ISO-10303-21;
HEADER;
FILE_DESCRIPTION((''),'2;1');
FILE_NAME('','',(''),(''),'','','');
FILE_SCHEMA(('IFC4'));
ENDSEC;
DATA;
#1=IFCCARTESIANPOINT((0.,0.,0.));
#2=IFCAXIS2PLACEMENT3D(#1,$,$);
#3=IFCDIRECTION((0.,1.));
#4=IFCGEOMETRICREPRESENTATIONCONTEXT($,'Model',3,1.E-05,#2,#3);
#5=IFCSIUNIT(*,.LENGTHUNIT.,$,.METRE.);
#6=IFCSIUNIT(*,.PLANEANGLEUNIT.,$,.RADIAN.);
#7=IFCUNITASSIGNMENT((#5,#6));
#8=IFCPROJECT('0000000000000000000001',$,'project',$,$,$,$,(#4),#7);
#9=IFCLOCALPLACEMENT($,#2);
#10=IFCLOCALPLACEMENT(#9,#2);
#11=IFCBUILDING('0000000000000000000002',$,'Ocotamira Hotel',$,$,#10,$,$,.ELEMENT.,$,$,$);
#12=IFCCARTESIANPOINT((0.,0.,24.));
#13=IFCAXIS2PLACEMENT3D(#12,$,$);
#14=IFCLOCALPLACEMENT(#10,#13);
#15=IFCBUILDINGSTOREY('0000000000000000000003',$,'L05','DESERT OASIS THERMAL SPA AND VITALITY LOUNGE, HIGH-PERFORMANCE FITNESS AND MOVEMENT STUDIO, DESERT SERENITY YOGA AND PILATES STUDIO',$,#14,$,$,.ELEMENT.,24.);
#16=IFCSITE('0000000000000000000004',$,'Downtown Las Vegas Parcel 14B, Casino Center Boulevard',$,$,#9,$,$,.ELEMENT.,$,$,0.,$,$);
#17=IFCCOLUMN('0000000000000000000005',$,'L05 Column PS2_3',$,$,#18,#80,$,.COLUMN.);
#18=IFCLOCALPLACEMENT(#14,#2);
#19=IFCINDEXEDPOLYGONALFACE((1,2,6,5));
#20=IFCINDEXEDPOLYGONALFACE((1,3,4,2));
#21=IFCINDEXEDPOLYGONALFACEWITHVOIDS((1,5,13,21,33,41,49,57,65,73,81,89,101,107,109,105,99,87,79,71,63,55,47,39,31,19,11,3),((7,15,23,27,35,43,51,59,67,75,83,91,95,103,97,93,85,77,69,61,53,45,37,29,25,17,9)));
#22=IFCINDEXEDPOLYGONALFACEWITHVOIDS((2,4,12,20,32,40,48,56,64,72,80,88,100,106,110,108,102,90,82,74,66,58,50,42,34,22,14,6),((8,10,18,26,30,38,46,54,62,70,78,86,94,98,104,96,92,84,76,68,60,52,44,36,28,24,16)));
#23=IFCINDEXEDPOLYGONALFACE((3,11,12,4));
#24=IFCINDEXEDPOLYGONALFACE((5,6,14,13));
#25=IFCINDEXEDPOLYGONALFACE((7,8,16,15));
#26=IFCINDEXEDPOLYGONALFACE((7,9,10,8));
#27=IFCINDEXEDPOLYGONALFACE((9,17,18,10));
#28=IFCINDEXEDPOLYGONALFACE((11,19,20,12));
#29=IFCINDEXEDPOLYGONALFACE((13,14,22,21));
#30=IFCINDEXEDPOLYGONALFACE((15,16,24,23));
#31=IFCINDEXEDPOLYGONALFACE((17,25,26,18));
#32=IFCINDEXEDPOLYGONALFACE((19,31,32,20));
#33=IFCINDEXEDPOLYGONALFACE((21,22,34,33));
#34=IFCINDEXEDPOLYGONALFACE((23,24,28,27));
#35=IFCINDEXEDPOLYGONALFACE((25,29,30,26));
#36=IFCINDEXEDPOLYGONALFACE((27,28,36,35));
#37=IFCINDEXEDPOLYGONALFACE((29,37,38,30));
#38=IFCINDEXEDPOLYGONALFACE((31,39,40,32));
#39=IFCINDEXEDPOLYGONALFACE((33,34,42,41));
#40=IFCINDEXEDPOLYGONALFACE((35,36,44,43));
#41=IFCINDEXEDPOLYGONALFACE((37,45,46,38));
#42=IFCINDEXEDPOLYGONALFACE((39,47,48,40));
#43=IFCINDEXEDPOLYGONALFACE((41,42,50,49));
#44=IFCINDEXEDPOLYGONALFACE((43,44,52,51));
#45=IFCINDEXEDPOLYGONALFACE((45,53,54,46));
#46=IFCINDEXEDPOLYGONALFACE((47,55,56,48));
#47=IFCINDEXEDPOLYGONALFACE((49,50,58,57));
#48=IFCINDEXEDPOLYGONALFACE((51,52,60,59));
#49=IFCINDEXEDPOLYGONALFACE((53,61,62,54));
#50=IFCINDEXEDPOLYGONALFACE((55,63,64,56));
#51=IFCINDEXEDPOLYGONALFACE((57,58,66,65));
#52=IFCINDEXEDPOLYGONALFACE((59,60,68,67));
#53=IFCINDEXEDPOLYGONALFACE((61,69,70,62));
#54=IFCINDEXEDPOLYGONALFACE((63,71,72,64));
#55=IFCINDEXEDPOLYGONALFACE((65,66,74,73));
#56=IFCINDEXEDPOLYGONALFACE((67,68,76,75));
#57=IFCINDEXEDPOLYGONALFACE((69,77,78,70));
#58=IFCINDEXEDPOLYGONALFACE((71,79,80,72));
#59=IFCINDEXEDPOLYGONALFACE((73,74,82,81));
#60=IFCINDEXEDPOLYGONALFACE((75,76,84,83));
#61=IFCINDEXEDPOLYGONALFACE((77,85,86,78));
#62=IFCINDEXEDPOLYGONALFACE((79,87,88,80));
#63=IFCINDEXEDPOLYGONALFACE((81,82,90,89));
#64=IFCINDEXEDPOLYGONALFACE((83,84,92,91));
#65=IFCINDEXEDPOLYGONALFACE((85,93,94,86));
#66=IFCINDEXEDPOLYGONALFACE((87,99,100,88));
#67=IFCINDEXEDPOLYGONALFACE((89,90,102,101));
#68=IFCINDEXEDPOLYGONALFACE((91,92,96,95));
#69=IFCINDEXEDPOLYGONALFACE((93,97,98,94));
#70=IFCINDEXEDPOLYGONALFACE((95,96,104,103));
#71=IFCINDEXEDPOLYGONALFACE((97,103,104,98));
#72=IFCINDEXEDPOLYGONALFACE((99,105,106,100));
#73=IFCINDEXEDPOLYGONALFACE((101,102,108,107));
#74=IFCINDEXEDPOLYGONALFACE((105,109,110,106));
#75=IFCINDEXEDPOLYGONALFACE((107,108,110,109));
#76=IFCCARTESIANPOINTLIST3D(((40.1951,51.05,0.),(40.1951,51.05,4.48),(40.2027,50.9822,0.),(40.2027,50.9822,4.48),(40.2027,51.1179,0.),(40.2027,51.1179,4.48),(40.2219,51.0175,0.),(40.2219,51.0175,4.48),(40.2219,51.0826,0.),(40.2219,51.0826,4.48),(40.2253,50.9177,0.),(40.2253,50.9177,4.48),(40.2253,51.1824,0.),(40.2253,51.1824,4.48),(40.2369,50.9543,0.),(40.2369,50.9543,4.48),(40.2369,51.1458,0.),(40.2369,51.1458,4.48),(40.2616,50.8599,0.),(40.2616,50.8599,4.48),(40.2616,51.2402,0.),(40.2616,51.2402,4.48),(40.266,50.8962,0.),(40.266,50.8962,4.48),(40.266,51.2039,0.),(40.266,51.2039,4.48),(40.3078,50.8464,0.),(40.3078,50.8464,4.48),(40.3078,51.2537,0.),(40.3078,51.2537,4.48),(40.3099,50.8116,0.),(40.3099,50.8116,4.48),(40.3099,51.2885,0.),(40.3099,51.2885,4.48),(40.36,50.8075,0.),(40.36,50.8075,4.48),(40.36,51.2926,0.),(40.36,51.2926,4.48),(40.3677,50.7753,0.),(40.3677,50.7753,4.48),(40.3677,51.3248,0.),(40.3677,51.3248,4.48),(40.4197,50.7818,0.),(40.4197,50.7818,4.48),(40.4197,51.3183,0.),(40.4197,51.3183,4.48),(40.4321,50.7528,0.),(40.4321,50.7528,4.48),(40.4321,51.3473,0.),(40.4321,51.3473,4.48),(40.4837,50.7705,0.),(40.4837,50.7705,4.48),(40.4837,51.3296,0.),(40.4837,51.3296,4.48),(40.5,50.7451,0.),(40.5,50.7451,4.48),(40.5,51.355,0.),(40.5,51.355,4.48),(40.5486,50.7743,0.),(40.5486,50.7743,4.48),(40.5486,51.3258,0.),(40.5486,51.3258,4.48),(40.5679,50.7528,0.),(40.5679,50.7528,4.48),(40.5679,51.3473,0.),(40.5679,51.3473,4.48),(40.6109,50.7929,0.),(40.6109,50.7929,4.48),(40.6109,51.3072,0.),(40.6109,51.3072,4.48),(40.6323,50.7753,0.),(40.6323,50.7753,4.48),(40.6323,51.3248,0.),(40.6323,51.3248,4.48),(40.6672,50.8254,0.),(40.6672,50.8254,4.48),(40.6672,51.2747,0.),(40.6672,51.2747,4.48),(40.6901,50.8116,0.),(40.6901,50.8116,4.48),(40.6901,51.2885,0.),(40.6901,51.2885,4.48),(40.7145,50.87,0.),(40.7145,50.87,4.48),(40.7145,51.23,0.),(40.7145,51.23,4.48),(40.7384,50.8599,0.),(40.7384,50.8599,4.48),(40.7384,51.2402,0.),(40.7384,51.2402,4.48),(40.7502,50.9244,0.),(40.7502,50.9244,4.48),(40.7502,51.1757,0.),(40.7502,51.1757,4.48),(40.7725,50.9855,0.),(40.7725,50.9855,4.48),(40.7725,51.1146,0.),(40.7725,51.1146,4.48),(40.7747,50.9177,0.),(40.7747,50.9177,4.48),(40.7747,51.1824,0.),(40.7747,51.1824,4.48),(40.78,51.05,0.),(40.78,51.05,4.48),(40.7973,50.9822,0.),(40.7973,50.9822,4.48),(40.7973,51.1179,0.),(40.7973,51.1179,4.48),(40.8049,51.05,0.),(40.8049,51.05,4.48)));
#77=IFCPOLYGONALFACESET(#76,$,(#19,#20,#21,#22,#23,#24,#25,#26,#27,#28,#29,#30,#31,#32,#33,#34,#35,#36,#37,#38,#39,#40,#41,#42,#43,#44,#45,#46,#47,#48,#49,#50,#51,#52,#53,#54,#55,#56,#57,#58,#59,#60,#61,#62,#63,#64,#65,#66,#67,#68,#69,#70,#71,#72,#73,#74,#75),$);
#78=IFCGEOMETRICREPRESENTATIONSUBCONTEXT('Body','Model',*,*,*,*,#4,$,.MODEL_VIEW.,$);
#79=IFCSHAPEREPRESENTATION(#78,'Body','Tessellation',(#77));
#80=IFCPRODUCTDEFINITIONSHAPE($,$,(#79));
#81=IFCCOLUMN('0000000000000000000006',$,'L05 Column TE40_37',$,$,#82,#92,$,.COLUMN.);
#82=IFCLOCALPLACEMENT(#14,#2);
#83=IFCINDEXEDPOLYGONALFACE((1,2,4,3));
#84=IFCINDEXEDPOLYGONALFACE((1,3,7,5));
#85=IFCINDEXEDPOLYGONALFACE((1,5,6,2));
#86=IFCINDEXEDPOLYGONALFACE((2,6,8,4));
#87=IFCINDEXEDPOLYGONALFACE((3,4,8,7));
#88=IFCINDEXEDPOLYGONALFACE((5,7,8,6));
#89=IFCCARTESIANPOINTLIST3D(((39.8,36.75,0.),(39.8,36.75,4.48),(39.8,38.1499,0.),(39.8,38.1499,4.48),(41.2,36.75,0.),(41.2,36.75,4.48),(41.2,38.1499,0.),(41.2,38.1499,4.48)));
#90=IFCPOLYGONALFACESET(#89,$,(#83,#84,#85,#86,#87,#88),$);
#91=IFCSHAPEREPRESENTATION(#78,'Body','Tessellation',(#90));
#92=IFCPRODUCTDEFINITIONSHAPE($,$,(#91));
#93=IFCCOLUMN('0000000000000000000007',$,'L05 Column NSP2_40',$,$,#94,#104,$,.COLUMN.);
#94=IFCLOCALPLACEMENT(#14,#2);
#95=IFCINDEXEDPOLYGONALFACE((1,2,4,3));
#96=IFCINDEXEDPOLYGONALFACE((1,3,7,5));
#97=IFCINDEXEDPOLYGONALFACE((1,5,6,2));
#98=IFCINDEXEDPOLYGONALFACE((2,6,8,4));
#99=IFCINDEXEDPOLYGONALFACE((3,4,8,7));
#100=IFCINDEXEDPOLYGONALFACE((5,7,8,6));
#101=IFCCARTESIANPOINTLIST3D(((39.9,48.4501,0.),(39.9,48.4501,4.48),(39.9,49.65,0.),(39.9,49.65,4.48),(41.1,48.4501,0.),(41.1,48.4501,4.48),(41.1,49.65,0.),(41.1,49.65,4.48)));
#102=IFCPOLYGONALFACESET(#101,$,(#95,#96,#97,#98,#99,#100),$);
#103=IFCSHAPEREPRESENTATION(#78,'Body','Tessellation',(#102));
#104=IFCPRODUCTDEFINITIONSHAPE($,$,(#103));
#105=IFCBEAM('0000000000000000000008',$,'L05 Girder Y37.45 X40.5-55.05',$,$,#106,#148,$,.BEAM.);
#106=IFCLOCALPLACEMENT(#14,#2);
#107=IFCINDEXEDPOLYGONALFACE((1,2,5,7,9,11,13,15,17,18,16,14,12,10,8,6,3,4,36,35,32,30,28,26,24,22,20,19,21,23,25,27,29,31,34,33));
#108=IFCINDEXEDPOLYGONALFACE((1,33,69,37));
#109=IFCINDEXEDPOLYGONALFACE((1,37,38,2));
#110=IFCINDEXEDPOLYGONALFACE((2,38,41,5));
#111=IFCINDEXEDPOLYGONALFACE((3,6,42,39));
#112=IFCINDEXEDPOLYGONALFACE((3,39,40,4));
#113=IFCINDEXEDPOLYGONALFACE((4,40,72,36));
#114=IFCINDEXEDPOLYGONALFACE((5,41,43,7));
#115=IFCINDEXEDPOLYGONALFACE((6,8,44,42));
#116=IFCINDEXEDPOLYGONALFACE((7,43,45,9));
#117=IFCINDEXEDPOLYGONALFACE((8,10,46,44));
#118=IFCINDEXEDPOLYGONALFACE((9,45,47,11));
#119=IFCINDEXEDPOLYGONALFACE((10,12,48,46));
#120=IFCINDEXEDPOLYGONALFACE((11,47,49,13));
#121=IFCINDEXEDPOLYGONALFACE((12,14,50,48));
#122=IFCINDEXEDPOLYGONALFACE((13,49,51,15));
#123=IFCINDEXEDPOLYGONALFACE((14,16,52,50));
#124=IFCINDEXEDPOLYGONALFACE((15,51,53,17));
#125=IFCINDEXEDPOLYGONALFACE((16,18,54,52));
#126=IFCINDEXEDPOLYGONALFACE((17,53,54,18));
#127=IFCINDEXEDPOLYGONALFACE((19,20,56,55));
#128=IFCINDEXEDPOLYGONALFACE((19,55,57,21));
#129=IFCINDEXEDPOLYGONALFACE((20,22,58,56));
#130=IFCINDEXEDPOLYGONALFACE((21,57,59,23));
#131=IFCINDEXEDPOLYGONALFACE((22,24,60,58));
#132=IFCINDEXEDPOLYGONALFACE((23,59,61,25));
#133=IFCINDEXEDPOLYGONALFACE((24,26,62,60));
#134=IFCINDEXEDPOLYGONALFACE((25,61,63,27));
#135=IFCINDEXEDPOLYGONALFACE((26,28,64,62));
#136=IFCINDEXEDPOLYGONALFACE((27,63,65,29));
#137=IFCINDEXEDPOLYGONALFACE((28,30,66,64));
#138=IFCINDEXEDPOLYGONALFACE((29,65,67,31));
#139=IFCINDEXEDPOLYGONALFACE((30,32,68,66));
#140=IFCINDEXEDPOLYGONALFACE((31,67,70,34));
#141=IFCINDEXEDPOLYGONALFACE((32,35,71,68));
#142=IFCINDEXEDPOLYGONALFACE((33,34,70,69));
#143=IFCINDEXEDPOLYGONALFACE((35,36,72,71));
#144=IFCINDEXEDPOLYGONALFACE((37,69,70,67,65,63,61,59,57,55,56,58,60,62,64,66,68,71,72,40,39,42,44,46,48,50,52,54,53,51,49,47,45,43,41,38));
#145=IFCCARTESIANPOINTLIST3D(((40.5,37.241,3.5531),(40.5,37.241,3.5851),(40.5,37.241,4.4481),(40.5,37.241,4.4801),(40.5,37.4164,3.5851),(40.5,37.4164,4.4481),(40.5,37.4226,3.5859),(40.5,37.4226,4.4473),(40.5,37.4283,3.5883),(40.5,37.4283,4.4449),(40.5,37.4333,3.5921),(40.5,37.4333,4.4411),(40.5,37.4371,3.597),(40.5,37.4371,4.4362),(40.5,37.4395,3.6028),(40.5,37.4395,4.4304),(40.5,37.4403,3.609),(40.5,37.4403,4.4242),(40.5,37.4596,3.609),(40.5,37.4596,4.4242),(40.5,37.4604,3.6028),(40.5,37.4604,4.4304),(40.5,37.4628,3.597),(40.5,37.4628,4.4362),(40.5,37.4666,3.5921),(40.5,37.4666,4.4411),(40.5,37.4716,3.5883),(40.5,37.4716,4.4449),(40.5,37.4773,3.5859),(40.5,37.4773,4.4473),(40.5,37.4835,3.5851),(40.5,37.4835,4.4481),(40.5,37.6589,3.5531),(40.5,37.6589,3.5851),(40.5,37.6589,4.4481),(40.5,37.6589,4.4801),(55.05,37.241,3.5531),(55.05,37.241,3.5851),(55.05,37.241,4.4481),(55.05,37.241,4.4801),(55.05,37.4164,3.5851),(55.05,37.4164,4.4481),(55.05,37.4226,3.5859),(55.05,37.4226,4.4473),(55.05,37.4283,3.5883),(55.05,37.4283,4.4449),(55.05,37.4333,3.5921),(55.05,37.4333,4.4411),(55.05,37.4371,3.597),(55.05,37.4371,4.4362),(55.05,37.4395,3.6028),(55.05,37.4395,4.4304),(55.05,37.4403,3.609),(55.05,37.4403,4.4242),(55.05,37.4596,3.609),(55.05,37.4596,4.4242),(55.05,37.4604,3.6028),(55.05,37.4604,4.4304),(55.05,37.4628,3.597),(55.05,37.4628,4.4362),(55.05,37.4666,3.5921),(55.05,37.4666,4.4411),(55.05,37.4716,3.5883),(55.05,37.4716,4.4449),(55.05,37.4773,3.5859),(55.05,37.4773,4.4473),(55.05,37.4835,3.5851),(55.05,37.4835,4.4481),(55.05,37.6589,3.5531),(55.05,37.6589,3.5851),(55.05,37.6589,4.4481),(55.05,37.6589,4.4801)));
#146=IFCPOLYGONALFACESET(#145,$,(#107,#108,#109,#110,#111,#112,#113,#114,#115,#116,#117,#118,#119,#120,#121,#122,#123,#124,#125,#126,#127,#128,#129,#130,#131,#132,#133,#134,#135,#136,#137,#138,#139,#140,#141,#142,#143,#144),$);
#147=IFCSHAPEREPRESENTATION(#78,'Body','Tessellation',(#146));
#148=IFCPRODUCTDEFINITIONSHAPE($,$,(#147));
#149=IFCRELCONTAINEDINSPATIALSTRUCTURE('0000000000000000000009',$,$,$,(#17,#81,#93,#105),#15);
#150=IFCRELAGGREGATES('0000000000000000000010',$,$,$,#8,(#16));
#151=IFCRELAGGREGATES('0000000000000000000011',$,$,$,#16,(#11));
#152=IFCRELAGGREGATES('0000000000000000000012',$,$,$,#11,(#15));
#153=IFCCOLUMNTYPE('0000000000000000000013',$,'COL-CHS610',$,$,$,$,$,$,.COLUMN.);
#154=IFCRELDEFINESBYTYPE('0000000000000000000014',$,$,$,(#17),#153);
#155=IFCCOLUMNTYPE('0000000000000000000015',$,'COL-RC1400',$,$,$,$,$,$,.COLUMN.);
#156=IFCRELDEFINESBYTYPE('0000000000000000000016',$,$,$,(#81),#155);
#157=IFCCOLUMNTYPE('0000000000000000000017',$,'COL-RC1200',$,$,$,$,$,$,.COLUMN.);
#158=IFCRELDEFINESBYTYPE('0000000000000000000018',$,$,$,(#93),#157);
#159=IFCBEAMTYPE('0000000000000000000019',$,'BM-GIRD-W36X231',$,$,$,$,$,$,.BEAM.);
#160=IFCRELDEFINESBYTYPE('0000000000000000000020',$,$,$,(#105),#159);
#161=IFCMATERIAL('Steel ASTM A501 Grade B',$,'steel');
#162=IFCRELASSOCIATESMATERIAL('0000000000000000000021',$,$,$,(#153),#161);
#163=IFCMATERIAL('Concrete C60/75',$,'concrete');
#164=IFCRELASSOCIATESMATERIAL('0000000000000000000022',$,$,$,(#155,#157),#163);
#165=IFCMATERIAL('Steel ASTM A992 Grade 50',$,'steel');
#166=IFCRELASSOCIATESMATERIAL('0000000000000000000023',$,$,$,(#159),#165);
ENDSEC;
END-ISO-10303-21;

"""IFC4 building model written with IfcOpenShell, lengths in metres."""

from ifc_helpers import new_model, si_unit, direction, frame, origin, origin_2d, place, context, subcontext, project, spatial, rectangle, hollow_circle, i_section, extrude, source, transform, mapped, material, material_profile, profile_set, type_object, element, save


model = new_model("IFC4")

# Units and contexts
model_context = context("Model", 3, precision=1e-05, world=origin(), true_north=direction((0.0, 1.0)))
body_context = subcontext(model_context, "Body", "Model", "MODEL_VIEW")
ifc_project = project(units=[si_unit("LENGTHUNIT", "METRE"), si_unit("PLANEANGLEUNIT", "RADIAN")], contexts=[model_context])

# Site, building, storey
site_placement = place(None, origin())
site = spatial("IfcSite", under=ifc_project, at=site_placement, Name="Downtown Las Vegas Parcel 14B, Casino Center Boulevard", CompositionType="ELEMENT", RefElevation=0.0)
building_placement = place(site_placement, origin())
building = spatial("IfcBuilding", under=site, at=building_placement, Name="Ocotamira Hotel", CompositionType="ELEMENT")
storey_placement = place(building_placement, frame((0.0, 0.0, 24.0)))
storey = spatial("IfcBuildingStorey", under=building, at=storey_placement, Name="L05", Description="DESERT OASIS THERMAL SPA AND VITALITY LOUNGE, HIGH-PERFORMANCE FITNESS AND MOVEMENT STUDIO, DESERT SERENITY YOGA AND PILATES STUDIO", CompositionType="ELEMENT", Elevation=24.0)

# Columns
ifc_material_1 = material(Name="Steel ASTM A501 Grade B", Category="steel")
ifc_material_profile_1 = material_profile(ifc_material_1, hollow_circle(Radius=0.3049, WallThickness=0.0249, at=origin_2d()), Name="CHS610X25")
ifc_profile_set_1 = profile_set([ifc_material_profile_1], Name="Steel ASTM A501 Grade B")
column_type_1 = type_object("IfcColumnType", Name="COL-CHS610", PredefinedType="COLUMN", material=ifc_profile_set_1)
shared_shape_1 = source(origin(), body_context, "Body", "SweptSolid", [
    extrude(hollow_circle(Radius=0.3049, WallThickness=0.0249, at=origin_2d()), origin(), (0.0, 0.0, 1.0), 4.48),
])
column_1_placement = place(storey_placement, frame((40.5, 51.05, 0.0), z_axis=(0.0, 0.0, 1.0), x_axis=(1.0, 0.0, 0.0)))
element("IfcColumn", 1, at=column_1_placement, inside=storey, type_object=column_type_1, Name="L05 Column PS2_3", PredefinedType="COLUMN", context=body_context, shape_type="MappedRepresentation", body=[
    mapped(shared_shape_1, transform((0.0, 0.0, 0.0), scale=1.0)),
])
ifc_material_2 = material(Name="Concrete C60/75", Category="concrete")
ifc_material_profile_2 = material_profile(ifc_material_2, rectangle(XDim=1.3999, YDim=1.3999, at=origin_2d()), Name="RC1400X1400")
ifc_profile_set_2 = profile_set([ifc_material_profile_2], Name="Concrete C60/75")
column_type_2 = type_object("IfcColumnType", Name="COL-RC1400", PredefinedType="COLUMN", material=ifc_profile_set_2)
shared_shape_2 = source(origin(), body_context, "Body", "SweptSolid", [
    extrude(rectangle(XDim=1.3999, YDim=1.3999, at=origin_2d()), origin(), (0.0, 0.0, 1.0), 4.48),
])
column_2_placement = place(storey_placement, frame((40.5, 37.45, 0.0), z_axis=(0.0, 0.0, 1.0), x_axis=(1.0, 0.0, 0.0)))
element("IfcColumn", 2, at=column_2_placement, inside=storey, type_object=column_type_2, Name="L05 Column TE40_37", PredefinedType="COLUMN", context=body_context, shape_type="MappedRepresentation", body=[
    mapped(shared_shape_2, transform((0.0, 0.0, 0.0), scale=1.0)),
])
ifc_material_profile_3 = material_profile(ifc_material_2, rectangle(XDim=1.2, YDim=1.2, at=origin_2d()), Name="RC1200X1200")
ifc_profile_set_3 = profile_set([ifc_material_profile_3], Name="Concrete C60/75")
column_type_3 = type_object("IfcColumnType", Name="COL-RC1200", PredefinedType="COLUMN", material=ifc_profile_set_3)
shared_shape_3 = source(origin(), body_context, "Body", "SweptSolid", [
    extrude(rectangle(XDim=1.2, YDim=1.2, at=origin_2d()), origin(), (0.0, 0.0, 1.0), 4.48),
])
column_3_placement = place(storey_placement, frame((40.5, 49.05, 0.0), z_axis=(0.0, 0.0, 1.0), x_axis=(1.0, 0.0, 0.0)))
element("IfcColumn", 3, at=column_3_placement, inside=storey, type_object=column_type_3, Name="L05 Column NSP2_40", PredefinedType="COLUMN", context=body_context, shape_type="MappedRepresentation", body=[
    mapped(shared_shape_3, transform((0.0, 0.0, 0.0), scale=1.0)),
])

# Beam
ifc_material_3 = material(Name="Steel ASTM A992 Grade 50", Category="steel")
ifc_material_profile_4 = material_profile(ifc_material_3, i_section(OverallWidth=0.418, OverallDepth=0.927, WebThickness=0.0193, FlangeThickness=0.032, FilletRadius=0.0239, at=origin_2d()), Name="W36X231")
ifc_profile_set_4 = profile_set([ifc_material_profile_4], Name="Steel ASTM A992 Grade 50")
beam_type_1 = type_object("IfcBeamType", Name="BM-GIRD-W36X231", PredefinedType="BEAM", material=ifc_profile_set_4)
shared_shape_4 = source(origin(), body_context, "Body", "SweptSolid", [
    extrude(i_section(OverallWidth=0.418, OverallDepth=0.927, WebThickness=0.0193, FlangeThickness=0.032, FilletRadius=0.0239, at=origin_2d()), origin(), (0.0, 0.0, 1.0), 14.55),
])
beam_1_placement = place(storey_placement, frame((40.5, 37.45, 4.0166), z_axis=(1.0, 0.0, 0.0), x_axis=(0.0, 1.0, 0.0)))
element("IfcBeam", 4, at=beam_1_placement, inside=storey, type_object=beam_type_1, Name="L05 Girder Y37.45 X40.5-55.05", PredefinedType="BEAM", context=body_context, shape_type="MappedRepresentation", body=[
    mapped(shared_shape_4, transform((0.0, 0.0, 0.0), scale=1.0)),
])

save(model, "model.ifc")
